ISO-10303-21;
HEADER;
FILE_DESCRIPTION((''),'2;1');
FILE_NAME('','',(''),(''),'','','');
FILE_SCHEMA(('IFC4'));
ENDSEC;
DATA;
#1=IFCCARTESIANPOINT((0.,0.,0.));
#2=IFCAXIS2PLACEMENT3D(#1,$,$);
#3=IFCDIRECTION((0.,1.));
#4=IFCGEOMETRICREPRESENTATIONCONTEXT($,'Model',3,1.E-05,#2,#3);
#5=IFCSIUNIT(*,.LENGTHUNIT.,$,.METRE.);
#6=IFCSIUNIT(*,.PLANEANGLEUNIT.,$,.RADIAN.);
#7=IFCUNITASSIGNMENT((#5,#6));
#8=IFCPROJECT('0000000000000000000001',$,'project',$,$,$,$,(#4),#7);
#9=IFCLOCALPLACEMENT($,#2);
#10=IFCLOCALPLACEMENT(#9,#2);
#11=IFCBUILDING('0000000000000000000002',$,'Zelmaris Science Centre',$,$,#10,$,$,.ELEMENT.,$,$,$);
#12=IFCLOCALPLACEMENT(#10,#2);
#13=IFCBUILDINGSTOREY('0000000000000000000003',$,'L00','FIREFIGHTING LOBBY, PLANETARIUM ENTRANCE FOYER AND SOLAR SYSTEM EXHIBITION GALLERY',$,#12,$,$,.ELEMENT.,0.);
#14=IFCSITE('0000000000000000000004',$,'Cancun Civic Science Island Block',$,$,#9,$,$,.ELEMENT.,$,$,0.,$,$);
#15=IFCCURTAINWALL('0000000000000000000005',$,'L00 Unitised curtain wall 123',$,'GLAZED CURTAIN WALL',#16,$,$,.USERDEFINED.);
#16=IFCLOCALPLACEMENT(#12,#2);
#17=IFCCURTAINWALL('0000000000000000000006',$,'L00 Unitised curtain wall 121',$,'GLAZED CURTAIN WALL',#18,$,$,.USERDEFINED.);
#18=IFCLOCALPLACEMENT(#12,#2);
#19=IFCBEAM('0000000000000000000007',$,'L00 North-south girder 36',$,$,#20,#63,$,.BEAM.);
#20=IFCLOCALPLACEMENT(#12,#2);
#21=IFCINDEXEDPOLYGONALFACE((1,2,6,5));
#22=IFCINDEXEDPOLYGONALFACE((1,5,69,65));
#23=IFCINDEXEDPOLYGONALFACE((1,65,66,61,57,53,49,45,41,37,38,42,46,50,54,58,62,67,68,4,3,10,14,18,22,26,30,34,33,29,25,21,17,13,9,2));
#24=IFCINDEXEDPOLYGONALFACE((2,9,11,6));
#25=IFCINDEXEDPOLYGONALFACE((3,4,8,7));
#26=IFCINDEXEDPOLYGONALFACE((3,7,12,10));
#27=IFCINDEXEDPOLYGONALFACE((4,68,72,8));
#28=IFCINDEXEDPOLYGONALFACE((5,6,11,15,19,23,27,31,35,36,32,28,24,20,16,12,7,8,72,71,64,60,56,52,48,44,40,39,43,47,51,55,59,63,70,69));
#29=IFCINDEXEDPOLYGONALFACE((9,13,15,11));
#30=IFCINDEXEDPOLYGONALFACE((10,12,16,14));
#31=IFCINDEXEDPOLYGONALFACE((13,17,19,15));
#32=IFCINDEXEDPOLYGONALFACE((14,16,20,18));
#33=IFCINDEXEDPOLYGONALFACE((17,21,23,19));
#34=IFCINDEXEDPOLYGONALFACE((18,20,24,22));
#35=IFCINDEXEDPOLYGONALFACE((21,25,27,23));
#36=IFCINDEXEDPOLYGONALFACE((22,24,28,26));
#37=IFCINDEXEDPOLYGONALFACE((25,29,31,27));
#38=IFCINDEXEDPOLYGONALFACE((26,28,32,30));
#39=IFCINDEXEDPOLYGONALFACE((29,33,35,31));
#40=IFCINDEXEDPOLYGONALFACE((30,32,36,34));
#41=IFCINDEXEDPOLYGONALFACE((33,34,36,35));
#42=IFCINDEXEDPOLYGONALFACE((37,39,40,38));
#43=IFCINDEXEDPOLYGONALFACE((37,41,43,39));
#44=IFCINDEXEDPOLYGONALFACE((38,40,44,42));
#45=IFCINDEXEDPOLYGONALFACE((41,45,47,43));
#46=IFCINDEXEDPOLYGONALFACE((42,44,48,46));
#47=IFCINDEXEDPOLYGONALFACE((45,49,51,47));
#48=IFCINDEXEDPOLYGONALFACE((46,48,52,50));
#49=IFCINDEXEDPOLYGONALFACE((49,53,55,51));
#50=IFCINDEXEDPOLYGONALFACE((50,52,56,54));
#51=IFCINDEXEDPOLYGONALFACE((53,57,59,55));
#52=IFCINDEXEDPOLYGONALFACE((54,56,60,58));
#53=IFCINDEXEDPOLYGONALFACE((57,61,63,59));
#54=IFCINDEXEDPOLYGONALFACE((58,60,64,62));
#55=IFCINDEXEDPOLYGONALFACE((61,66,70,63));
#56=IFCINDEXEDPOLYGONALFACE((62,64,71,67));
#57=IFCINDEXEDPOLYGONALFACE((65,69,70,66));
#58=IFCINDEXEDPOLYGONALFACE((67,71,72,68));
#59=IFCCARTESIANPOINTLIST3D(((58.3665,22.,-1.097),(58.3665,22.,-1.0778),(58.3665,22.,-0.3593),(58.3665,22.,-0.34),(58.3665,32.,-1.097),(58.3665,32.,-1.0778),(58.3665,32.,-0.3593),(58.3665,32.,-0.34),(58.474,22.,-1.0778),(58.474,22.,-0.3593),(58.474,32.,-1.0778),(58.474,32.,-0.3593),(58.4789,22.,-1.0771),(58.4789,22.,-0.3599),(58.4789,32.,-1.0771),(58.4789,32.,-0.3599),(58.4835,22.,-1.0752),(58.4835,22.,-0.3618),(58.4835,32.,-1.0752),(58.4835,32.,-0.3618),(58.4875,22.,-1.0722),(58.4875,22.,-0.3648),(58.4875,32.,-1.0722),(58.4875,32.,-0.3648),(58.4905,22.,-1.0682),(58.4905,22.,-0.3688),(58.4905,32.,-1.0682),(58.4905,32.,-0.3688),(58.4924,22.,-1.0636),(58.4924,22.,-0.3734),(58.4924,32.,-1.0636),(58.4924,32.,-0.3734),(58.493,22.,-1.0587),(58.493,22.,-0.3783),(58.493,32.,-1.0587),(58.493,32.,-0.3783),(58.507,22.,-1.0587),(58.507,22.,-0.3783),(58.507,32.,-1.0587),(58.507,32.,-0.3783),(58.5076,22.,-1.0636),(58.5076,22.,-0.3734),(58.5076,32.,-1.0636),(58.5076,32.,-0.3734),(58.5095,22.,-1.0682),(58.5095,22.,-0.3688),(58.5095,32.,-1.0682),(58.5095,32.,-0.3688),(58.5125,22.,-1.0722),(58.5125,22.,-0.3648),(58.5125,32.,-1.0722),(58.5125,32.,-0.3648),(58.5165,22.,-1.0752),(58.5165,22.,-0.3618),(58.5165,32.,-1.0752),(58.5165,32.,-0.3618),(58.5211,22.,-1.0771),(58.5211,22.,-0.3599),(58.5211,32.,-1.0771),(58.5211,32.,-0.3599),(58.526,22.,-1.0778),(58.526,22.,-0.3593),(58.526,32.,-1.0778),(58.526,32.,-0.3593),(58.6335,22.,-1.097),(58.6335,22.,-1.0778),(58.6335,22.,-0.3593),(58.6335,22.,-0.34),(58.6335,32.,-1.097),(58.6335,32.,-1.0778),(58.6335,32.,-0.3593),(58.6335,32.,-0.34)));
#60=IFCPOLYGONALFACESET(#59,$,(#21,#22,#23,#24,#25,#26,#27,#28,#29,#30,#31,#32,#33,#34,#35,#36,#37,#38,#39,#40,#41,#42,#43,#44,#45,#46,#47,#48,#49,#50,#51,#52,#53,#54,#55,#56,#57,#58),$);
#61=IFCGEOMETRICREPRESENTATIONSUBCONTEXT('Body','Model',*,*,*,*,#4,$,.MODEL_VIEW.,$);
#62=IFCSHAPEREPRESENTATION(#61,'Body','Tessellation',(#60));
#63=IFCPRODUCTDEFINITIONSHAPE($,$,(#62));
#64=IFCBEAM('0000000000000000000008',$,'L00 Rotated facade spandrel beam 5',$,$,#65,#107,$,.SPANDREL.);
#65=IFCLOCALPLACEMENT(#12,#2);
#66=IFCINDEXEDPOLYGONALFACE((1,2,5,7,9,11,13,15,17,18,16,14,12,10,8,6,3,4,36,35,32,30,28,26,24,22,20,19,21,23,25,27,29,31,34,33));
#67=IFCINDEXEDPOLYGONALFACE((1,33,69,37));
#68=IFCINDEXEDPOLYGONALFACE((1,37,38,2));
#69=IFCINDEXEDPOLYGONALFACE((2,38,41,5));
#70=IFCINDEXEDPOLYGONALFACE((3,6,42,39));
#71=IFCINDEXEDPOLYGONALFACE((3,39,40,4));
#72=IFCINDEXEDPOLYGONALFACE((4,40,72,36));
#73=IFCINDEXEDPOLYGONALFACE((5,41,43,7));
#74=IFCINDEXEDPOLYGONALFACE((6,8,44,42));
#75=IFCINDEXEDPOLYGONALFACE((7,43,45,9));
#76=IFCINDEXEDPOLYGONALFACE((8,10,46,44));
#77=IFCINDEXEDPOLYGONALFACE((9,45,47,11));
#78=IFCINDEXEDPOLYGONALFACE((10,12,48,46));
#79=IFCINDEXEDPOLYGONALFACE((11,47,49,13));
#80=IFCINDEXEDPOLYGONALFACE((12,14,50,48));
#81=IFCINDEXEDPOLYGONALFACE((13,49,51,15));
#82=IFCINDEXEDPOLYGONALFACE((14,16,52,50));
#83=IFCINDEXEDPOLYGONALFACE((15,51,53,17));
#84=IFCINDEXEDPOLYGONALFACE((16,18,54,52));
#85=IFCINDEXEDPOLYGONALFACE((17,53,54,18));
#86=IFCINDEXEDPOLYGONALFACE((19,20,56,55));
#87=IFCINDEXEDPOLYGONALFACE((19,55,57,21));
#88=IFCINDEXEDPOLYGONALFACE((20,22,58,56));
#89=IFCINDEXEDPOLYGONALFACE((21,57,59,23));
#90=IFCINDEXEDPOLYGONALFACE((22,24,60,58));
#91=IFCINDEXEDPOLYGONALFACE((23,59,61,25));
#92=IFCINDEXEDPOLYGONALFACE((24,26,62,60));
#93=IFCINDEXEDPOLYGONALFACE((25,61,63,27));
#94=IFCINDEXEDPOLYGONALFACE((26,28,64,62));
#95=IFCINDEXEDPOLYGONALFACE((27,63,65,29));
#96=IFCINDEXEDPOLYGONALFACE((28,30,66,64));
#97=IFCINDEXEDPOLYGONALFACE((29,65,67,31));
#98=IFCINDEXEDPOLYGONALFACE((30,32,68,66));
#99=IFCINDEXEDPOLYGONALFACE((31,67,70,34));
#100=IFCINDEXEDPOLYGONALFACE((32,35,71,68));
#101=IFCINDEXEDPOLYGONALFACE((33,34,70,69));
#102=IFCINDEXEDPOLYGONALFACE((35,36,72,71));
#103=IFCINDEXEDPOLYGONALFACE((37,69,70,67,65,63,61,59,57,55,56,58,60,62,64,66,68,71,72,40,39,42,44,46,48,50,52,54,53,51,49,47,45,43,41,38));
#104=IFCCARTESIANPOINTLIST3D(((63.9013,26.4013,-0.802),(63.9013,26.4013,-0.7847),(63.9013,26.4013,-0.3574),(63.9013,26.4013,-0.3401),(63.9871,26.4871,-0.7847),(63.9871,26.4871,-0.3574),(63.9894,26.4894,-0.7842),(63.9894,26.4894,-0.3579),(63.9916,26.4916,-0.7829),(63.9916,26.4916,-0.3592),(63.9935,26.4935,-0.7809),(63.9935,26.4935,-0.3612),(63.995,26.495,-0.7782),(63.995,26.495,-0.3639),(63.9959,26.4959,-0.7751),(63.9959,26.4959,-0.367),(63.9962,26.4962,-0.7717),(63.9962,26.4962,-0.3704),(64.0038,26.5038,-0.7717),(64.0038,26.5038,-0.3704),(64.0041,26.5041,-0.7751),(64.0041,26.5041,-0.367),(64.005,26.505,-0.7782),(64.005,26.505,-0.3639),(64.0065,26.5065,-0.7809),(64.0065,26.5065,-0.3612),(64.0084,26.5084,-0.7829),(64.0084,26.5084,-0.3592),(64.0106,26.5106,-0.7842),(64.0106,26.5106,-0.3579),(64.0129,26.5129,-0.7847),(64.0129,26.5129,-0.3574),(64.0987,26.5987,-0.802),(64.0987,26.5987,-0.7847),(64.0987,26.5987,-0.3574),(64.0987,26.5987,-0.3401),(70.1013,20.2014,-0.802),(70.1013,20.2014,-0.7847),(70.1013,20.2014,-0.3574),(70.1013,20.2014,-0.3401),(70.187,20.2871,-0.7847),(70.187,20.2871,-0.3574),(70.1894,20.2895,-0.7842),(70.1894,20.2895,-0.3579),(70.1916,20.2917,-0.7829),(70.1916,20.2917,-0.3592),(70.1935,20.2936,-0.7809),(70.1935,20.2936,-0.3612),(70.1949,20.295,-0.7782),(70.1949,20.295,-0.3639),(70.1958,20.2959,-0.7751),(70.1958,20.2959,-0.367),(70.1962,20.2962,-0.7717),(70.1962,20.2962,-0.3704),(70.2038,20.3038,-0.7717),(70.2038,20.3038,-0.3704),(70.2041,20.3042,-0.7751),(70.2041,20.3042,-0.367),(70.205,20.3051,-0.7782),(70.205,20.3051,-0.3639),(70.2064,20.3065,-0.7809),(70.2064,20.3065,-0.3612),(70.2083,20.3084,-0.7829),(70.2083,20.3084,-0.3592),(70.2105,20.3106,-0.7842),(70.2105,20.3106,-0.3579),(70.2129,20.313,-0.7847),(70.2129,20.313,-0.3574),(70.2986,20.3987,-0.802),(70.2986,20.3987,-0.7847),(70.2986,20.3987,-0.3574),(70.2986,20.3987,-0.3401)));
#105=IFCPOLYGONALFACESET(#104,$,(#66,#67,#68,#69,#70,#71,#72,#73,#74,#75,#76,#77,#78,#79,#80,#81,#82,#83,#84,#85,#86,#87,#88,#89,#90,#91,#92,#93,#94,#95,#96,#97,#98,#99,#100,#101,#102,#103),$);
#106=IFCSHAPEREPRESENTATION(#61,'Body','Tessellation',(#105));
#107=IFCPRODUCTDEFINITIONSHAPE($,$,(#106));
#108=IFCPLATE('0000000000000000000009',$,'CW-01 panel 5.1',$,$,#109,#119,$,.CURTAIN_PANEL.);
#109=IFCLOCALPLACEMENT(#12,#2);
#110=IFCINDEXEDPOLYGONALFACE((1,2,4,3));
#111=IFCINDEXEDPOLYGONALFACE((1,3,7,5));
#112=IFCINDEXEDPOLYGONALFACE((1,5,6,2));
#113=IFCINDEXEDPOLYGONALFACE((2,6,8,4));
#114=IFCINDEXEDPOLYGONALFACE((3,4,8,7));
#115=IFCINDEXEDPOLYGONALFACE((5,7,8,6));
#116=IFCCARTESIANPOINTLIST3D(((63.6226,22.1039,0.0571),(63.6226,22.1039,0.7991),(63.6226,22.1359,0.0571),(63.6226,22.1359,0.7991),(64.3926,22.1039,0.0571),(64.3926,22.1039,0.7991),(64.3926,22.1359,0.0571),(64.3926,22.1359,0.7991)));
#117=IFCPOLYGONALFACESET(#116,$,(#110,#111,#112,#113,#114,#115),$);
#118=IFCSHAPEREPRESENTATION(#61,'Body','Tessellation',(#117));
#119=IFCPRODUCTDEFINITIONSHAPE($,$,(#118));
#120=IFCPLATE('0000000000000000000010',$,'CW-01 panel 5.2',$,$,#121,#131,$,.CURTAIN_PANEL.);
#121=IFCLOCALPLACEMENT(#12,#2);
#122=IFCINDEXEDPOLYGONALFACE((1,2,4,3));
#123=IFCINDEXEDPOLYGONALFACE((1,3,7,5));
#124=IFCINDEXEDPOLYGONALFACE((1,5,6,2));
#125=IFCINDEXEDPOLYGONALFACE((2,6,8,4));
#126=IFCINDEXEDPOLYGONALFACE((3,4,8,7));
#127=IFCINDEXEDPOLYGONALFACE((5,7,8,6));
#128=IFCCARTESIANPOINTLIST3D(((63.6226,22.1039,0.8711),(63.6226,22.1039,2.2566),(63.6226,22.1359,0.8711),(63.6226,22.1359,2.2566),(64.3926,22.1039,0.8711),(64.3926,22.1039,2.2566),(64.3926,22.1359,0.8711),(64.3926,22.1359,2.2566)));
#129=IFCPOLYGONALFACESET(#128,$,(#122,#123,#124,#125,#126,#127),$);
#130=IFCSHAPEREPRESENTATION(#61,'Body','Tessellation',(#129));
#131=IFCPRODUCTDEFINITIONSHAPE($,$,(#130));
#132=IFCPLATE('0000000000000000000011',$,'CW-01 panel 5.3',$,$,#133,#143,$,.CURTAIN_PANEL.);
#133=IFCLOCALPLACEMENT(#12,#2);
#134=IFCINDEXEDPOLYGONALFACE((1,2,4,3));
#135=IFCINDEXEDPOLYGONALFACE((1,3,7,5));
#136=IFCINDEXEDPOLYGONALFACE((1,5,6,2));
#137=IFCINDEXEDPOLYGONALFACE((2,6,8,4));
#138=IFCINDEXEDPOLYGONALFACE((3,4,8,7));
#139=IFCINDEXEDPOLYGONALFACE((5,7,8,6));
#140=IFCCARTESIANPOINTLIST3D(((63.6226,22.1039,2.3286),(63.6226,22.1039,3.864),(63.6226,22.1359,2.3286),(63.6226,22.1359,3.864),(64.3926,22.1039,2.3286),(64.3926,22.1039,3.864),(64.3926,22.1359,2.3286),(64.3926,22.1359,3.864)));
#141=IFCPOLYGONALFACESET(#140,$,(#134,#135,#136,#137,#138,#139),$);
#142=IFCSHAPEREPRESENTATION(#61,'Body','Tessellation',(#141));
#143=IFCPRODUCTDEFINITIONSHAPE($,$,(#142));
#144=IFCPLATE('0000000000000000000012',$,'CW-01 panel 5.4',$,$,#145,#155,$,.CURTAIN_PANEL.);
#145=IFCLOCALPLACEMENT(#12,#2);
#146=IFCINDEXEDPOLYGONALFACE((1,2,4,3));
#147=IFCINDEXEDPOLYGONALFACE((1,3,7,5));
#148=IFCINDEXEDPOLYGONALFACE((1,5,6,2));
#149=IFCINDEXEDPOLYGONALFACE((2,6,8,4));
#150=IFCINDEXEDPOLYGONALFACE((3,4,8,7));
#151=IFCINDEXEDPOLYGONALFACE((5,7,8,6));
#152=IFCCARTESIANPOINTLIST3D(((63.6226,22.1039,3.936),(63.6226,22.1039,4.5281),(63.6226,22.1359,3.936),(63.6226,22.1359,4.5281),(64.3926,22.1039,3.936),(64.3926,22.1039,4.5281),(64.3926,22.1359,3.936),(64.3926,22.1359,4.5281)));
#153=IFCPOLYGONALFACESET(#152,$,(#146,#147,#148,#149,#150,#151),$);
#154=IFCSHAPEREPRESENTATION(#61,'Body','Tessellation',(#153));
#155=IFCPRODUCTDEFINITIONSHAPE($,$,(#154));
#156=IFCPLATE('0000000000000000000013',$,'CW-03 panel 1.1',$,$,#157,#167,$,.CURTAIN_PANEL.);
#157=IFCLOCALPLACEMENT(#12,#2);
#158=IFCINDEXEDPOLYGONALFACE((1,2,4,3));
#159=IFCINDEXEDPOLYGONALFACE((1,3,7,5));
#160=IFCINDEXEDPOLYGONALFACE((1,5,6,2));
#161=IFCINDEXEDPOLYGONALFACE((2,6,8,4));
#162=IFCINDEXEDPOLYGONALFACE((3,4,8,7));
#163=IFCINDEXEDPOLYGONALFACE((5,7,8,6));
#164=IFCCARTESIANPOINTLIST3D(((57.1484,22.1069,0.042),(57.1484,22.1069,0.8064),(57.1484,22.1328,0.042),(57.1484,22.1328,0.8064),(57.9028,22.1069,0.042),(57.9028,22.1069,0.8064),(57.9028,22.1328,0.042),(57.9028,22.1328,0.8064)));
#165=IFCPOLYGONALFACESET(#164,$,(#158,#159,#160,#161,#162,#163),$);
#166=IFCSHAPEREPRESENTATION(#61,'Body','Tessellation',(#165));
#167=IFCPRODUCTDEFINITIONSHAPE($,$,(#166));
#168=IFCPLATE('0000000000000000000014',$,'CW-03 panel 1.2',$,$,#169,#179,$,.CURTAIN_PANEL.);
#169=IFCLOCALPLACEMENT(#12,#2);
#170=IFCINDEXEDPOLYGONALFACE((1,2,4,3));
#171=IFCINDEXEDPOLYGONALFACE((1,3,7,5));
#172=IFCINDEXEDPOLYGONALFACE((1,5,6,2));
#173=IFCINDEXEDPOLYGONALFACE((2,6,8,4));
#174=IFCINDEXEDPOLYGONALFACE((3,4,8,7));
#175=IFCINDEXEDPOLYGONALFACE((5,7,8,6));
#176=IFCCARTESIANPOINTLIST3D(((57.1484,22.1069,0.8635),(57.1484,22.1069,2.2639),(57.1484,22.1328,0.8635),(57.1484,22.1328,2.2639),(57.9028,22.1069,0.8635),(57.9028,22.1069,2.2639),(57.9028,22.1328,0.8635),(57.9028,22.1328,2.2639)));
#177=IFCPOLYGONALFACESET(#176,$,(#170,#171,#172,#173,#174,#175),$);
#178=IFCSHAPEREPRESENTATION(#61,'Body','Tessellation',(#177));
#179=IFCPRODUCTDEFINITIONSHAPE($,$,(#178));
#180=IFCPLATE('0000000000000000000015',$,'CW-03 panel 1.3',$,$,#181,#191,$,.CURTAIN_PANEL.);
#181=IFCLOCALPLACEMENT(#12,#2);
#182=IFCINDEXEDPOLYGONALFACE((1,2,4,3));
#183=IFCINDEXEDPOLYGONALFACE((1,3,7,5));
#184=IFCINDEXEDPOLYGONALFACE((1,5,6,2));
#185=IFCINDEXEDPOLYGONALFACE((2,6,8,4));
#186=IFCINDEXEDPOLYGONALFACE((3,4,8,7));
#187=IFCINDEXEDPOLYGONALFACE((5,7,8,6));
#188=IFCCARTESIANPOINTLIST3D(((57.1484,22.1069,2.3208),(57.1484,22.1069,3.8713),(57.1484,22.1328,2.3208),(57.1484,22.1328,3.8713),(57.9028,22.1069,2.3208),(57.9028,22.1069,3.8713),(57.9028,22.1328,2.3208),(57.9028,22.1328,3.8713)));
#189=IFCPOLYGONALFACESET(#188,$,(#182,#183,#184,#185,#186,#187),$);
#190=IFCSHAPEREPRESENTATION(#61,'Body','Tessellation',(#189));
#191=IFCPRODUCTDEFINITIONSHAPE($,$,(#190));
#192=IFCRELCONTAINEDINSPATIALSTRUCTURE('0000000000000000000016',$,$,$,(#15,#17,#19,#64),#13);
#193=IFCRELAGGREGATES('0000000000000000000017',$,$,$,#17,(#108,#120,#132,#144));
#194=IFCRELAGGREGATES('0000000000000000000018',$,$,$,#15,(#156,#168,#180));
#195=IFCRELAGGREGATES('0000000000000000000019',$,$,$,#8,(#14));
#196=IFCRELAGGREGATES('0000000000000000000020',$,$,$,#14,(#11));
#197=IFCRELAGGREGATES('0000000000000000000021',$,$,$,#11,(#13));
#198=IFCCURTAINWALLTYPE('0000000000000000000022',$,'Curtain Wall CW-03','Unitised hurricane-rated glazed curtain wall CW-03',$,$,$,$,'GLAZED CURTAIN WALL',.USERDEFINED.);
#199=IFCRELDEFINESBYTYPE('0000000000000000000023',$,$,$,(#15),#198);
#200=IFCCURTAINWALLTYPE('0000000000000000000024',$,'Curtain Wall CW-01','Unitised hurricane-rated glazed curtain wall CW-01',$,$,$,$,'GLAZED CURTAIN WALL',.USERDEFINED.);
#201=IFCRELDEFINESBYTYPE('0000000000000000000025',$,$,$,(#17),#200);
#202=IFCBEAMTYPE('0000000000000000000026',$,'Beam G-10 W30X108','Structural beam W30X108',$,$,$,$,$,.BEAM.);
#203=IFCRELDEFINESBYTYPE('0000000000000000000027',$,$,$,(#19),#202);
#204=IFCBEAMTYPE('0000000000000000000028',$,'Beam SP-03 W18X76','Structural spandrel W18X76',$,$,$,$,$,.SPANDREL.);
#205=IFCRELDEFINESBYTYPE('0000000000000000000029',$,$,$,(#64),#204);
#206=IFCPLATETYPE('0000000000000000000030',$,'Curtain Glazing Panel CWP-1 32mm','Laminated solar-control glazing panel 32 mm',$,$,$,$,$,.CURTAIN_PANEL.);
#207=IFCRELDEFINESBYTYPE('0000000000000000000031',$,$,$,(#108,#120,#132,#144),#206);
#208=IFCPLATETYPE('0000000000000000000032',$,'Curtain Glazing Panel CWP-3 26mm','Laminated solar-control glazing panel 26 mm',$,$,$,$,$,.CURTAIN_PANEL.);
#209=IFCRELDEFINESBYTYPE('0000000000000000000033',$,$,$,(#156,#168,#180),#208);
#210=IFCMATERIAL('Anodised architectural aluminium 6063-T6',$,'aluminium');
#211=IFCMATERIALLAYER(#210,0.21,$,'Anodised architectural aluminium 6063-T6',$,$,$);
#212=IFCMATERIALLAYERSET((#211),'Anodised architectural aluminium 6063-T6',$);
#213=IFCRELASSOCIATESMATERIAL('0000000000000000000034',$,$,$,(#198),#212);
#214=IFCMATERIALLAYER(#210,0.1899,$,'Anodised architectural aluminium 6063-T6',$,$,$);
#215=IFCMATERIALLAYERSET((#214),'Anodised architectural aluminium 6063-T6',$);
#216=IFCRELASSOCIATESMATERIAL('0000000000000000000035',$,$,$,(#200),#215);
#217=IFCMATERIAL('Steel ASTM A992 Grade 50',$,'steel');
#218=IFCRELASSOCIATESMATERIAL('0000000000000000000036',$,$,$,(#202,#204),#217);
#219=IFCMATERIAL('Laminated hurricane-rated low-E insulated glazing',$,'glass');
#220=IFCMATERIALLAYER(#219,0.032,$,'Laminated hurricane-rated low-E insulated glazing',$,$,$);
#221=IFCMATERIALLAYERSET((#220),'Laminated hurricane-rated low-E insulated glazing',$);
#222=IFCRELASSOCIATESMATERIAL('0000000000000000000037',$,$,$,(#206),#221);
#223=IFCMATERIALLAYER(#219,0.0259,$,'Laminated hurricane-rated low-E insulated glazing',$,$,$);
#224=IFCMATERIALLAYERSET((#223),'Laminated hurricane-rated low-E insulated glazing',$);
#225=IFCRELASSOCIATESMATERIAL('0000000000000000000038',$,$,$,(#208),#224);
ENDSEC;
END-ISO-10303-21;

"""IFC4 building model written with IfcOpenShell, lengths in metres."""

from ifc_helpers import new_model, si_unit, direction, frame, origin, origin_2d, place, context, subcontext, project, spatial, rectangle, i_section, extrude, material, layer, layer_set, material_profile, profile_set, type_object, element, aggregate, save


model = new_model("IFC4")

# Units and contexts
model_context = context("Model", 3, precision=1e-05, world=origin(), true_north=direction((0.0, 1.0)))
body_context = subcontext(model_context, "Body", "Model", "MODEL_VIEW")
ifc_project = project(units=[si_unit("LENGTHUNIT", "METRE"), si_unit("PLANEANGLEUNIT", "RADIAN")], contexts=[model_context])

# Site, building, storey
site_placement = place(None, origin())
site = spatial("IfcSite", under=ifc_project, at=site_placement, Name="Cancun Civic Science Island Block", CompositionType="ELEMENT", RefElevation=0.0)
building_placement = place(site_placement, origin())
building = spatial("IfcBuilding", under=site, at=building_placement, Name="Zelmaris Science Centre", CompositionType="ELEMENT")
storey_placement = place(building_placement, origin())
storey = spatial("IfcBuildingStorey", under=building, at=storey_placement, Name="L00", Description="FIREFIGHTING LOBBY, PLANETARIUM ENTRANCE FOYER AND SOLAR SYSTEM EXHIBITION GALLERY", CompositionType="ELEMENT", Elevation=0.0)

# Shared definitions
ifc_material_1 = material(Name="Steel ASTM A992 Grade 50", Category="steel")

# Curtain walls
ifc_material_2 = material(Name="Anodised architectural aluminium 6063-T6", Category="aluminium")
ifc_layer_1 = layer(ifc_material_2, 0.21, Name="Anodised architectural aluminium 6063-T6")
ifc_layer_set_1 = layer_set([ifc_layer_1], Name="Anodised architectural aluminium 6063-T6")
curtain_wall_type_1 = type_object("IfcCurtainWallType", Name="Curtain Wall CW-03", Description="Unitised hurricane-rated glazed curtain wall CW-03", ElementType="GLAZED CURTAIN WALL", PredefinedType="USERDEFINED", material=ifc_layer_set_1)
curtain_wall_1_placement = place(storey_placement, origin())
curtain_wall_1 = element("IfcCurtainWall", 1, at=curtain_wall_1_placement, inside=storey, type_object=curtain_wall_type_1, Name="L00 Unitised curtain wall 123", ObjectType="GLAZED CURTAIN WALL", PredefinedType="USERDEFINED")
ifc_layer_2 = layer(ifc_material_2, 0.1899, Name="Anodised architectural aluminium 6063-T6")
ifc_layer_set_2 = layer_set([ifc_layer_2], Name="Anodised architectural aluminium 6063-T6")
curtain_wall_type_2 = type_object("IfcCurtainWallType", Name="Curtain Wall CW-01", Description="Unitised hurricane-rated glazed curtain wall CW-01", ElementType="GLAZED CURTAIN WALL", PredefinedType="USERDEFINED", material=ifc_layer_set_2)
curtain_wall_2_placement = place(storey_placement, origin())
curtain_wall_2 = element("IfcCurtainWall", 2, at=curtain_wall_2_placement, inside=storey, type_object=curtain_wall_type_2, Name="L00 Unitised curtain wall 121", ObjectType="GLAZED CURTAIN WALL", PredefinedType="USERDEFINED")

# Beams
ifc_material_profile_1 = material_profile(ifc_material_1, i_section(OverallWidth=0.2671, OverallDepth=0.7571, WebThickness=0.0139, FlangeThickness=0.0193, FilletRadius=0.019, at=origin_2d()), Name="W30X108")
ifc_profile_set_1 = profile_set([ifc_material_profile_1], Name="Steel ASTM A992 Grade 50")
beam_type_1 = type_object("IfcBeamType", Name="Beam G-10 W30X108", Description="Structural beam W30X108", PredefinedType="BEAM", material=ifc_profile_set_1)
beam_1_placement = place(storey_placement, frame((58.5, 22.0, -0.7185), z_axis=(0.0, 1.0, 0.0), x_axis=(-1.0, 0.0, 0.0)))
element("IfcBeam", 3, at=beam_1_placement, inside=storey, type_object=beam_type_1, Name="L00 North-south girder 36", PredefinedType="BEAM", context=body_context, shape_type="SweptSolid", body=[
    extrude(i_section(OverallWidth=0.2671, OverallDepth=0.7571, WebThickness=0.0139, FlangeThickness=0.0193, FilletRadius=0.019, at=origin_2d()), origin(), (0.0, 0.0, 1.0), 10.0),
])
ifc_material_profile_2 = material_profile(ifc_material_1, i_section(OverallWidth=0.2791, OverallDepth=0.4619, WebThickness=0.0107, FlangeThickness=0.0173, FilletRadius=0.0129, at=origin_2d()), Name="W18X76")
ifc_profile_set_2 = profile_set([ifc_material_profile_2], Name="Steel ASTM A992 Grade 50")
beam_type_2 = type_object("IfcBeamType", Name="Beam SP-03 W18X76", Description="Structural spandrel W18X76", PredefinedType="SPANDREL", material=ifc_profile_set_2)
beam_2_placement = place(storey_placement, frame((64.0, 26.5, -0.571), z_axis=(0.707107, -0.707107, 0.0), x_axis=(0.707107, 0.707107, 0.0)))
element("IfcBeam", 4, at=beam_2_placement, inside=storey, type_object=beam_type_2, Name="L00 Rotated facade spandrel beam 5", PredefinedType="SPANDREL", context=body_context, shape_type="SweptSolid", body=[
    extrude(i_section(OverallWidth=0.2791, OverallDepth=0.4619, WebThickness=0.0107, FlangeThickness=0.0173, FilletRadius=0.0129, at=origin_2d()), origin(), (0.0, 0.0, 1.0), 8.7681),
])

# Plates
ifc_material_3 = material(Name="Laminated hurricane-rated low-E insulated glazing", Category="glass")
ifc_layer_3 = layer(ifc_material_3, 0.032, Name="Laminated hurricane-rated low-E insulated glazing")
ifc_layer_set_3 = layer_set([ifc_layer_3], Name="Laminated hurricane-rated low-E insulated glazing")
plate_type_1 = type_object("IfcPlateType", Name="Curtain Glazing Panel CWP-1 32mm", Description="Laminated solar-control glazing panel 32 mm", PredefinedType="CURTAIN_PANEL", material=ifc_layer_set_3)
plate_1_placement = place(storey_placement, frame((64.0076, 22.1199, 0.0571), z_axis=(0.0, 0.0, 1.0), x_axis=(-1.0, 0.000023, 0.0)))
plate_1 = element("IfcPlate", 5, at=plate_1_placement, type_object=plate_type_1, Name="CW-01 panel 5.1", PredefinedType="CURTAIN_PANEL", context=body_context, shape_type="SweptSolid", body=[
    extrude(rectangle(XDim=0.77, YDim=0.032, at=origin_2d()), origin(), (0.0, 0.0, 1.0), 0.7419),
])
plate_2_placement = place(storey_placement, frame((64.0076, 22.1199, 0.8711), z_axis=(0.0, 0.0, 1.0), x_axis=(-1.0, 0.000023, 0.0)))
plate_2 = element("IfcPlate", 6, at=plate_2_placement, type_object=plate_type_1, Name="CW-01 panel 5.2", PredefinedType="CURTAIN_PANEL", context=body_context, shape_type="SweptSolid", body=[
    extrude(rectangle(XDim=0.77, YDim=0.032, at=origin_2d()), origin(), (0.0, 0.0, 1.0), 1.3855),
])
plate_3_placement = place(storey_placement, frame((64.0076, 22.1199, 2.3286), z_axis=(0.0, 0.0, 1.0), x_axis=(-1.0, 0.000023, 0.0)))
plate_3 = element("IfcPlate", 7, at=plate_3_placement, type_object=plate_type_1, Name="CW-01 panel 5.3", PredefinedType="CURTAIN_PANEL", context=body_context, shape_type="SweptSolid", body=[
    extrude(rectangle(XDim=0.77, YDim=0.032, at=origin_2d()), origin(), (0.0, 0.0, 1.0), 1.5354),
])
plate_4_placement = place(storey_placement, frame((64.0076, 22.1199, 3.936), z_axis=(0.0, 0.0, 1.0), x_axis=(-1.0, 0.000023, 0.0)))
plate_4 = element("IfcPlate", 8, at=plate_4_placement, type_object=plate_type_1, Name="CW-01 panel 5.4", PredefinedType="CURTAIN_PANEL", context=body_context, shape_type="SweptSolid", body=[
    extrude(rectangle(XDim=0.77, YDim=0.032, at=origin_2d()), origin(), (0.0, 0.0, 1.0), 0.592),
])
aggregate(curtain_wall_2, [plate_1, plate_2, plate_3, plate_4])
ifc_layer_4 = layer(ifc_material_3, 0.0259, Name="Laminated hurricane-rated low-E insulated glazing")
ifc_layer_set_4 = layer_set([ifc_layer_4], Name="Laminated hurricane-rated low-E insulated glazing")
plate_type_2 = type_object("IfcPlateType", Name="Curtain Glazing Panel CWP-3 26mm", Description="Laminated solar-control glazing panel 26 mm", PredefinedType="CURTAIN_PANEL", material=ifc_layer_set_4)
plate_5_placement = place(storey_placement, frame((57.5256, 22.1199, 0.042), z_axis=(0.0, 0.0, 1.0), x_axis=(-1.0, 0.00003, 0.0)))
plate_5 = element("IfcPlate", 9, at=plate_5_placement, type_object=plate_type_2, Name="CW-03 panel 1.1", PredefinedType="CURTAIN_PANEL", context=body_context, shape_type="SweptSolid", body=[
    extrude(rectangle(XDim=0.7544, YDim=0.0259, at=origin_2d()), origin(), (0.0, 0.0, 1.0), 0.7644),
])
plate_6_placement = place(storey_placement, frame((57.5256, 22.1199, 0.8635), z_axis=(0.0, 0.0, 1.0), x_axis=(-1.0, 0.00003, 0.0)))
plate_6 = element("IfcPlate", 10, at=plate_6_placement, type_object=plate_type_2, Name="CW-03 panel 1.2", PredefinedType="CURTAIN_PANEL", context=body_context, shape_type="SweptSolid", body=[
    extrude(rectangle(XDim=0.7544, YDim=0.0259, at=origin_2d()), origin(), (0.0, 0.0, 1.0), 1.4004),
])
plate_7_placement = place(storey_placement, frame((57.5256, 22.1199, 2.3208), z_axis=(0.0, 0.0, 1.0), x_axis=(-1.0, 0.00003, 0.0)))
plate_7 = element("IfcPlate", 11, at=plate_7_placement, type_object=plate_type_2, Name="CW-03 panel 1.3", PredefinedType="CURTAIN_PANEL", context=body_context, shape_type="SweptSolid", body=[
    extrude(rectangle(XDim=0.7544, YDim=0.0259, at=origin_2d()), origin(), (0.0, 0.0, 1.0), 1.5505),
])
aggregate(curtain_wall_1, [plate_5, plate_6, plate_7])

save(model, "model.ifc")
